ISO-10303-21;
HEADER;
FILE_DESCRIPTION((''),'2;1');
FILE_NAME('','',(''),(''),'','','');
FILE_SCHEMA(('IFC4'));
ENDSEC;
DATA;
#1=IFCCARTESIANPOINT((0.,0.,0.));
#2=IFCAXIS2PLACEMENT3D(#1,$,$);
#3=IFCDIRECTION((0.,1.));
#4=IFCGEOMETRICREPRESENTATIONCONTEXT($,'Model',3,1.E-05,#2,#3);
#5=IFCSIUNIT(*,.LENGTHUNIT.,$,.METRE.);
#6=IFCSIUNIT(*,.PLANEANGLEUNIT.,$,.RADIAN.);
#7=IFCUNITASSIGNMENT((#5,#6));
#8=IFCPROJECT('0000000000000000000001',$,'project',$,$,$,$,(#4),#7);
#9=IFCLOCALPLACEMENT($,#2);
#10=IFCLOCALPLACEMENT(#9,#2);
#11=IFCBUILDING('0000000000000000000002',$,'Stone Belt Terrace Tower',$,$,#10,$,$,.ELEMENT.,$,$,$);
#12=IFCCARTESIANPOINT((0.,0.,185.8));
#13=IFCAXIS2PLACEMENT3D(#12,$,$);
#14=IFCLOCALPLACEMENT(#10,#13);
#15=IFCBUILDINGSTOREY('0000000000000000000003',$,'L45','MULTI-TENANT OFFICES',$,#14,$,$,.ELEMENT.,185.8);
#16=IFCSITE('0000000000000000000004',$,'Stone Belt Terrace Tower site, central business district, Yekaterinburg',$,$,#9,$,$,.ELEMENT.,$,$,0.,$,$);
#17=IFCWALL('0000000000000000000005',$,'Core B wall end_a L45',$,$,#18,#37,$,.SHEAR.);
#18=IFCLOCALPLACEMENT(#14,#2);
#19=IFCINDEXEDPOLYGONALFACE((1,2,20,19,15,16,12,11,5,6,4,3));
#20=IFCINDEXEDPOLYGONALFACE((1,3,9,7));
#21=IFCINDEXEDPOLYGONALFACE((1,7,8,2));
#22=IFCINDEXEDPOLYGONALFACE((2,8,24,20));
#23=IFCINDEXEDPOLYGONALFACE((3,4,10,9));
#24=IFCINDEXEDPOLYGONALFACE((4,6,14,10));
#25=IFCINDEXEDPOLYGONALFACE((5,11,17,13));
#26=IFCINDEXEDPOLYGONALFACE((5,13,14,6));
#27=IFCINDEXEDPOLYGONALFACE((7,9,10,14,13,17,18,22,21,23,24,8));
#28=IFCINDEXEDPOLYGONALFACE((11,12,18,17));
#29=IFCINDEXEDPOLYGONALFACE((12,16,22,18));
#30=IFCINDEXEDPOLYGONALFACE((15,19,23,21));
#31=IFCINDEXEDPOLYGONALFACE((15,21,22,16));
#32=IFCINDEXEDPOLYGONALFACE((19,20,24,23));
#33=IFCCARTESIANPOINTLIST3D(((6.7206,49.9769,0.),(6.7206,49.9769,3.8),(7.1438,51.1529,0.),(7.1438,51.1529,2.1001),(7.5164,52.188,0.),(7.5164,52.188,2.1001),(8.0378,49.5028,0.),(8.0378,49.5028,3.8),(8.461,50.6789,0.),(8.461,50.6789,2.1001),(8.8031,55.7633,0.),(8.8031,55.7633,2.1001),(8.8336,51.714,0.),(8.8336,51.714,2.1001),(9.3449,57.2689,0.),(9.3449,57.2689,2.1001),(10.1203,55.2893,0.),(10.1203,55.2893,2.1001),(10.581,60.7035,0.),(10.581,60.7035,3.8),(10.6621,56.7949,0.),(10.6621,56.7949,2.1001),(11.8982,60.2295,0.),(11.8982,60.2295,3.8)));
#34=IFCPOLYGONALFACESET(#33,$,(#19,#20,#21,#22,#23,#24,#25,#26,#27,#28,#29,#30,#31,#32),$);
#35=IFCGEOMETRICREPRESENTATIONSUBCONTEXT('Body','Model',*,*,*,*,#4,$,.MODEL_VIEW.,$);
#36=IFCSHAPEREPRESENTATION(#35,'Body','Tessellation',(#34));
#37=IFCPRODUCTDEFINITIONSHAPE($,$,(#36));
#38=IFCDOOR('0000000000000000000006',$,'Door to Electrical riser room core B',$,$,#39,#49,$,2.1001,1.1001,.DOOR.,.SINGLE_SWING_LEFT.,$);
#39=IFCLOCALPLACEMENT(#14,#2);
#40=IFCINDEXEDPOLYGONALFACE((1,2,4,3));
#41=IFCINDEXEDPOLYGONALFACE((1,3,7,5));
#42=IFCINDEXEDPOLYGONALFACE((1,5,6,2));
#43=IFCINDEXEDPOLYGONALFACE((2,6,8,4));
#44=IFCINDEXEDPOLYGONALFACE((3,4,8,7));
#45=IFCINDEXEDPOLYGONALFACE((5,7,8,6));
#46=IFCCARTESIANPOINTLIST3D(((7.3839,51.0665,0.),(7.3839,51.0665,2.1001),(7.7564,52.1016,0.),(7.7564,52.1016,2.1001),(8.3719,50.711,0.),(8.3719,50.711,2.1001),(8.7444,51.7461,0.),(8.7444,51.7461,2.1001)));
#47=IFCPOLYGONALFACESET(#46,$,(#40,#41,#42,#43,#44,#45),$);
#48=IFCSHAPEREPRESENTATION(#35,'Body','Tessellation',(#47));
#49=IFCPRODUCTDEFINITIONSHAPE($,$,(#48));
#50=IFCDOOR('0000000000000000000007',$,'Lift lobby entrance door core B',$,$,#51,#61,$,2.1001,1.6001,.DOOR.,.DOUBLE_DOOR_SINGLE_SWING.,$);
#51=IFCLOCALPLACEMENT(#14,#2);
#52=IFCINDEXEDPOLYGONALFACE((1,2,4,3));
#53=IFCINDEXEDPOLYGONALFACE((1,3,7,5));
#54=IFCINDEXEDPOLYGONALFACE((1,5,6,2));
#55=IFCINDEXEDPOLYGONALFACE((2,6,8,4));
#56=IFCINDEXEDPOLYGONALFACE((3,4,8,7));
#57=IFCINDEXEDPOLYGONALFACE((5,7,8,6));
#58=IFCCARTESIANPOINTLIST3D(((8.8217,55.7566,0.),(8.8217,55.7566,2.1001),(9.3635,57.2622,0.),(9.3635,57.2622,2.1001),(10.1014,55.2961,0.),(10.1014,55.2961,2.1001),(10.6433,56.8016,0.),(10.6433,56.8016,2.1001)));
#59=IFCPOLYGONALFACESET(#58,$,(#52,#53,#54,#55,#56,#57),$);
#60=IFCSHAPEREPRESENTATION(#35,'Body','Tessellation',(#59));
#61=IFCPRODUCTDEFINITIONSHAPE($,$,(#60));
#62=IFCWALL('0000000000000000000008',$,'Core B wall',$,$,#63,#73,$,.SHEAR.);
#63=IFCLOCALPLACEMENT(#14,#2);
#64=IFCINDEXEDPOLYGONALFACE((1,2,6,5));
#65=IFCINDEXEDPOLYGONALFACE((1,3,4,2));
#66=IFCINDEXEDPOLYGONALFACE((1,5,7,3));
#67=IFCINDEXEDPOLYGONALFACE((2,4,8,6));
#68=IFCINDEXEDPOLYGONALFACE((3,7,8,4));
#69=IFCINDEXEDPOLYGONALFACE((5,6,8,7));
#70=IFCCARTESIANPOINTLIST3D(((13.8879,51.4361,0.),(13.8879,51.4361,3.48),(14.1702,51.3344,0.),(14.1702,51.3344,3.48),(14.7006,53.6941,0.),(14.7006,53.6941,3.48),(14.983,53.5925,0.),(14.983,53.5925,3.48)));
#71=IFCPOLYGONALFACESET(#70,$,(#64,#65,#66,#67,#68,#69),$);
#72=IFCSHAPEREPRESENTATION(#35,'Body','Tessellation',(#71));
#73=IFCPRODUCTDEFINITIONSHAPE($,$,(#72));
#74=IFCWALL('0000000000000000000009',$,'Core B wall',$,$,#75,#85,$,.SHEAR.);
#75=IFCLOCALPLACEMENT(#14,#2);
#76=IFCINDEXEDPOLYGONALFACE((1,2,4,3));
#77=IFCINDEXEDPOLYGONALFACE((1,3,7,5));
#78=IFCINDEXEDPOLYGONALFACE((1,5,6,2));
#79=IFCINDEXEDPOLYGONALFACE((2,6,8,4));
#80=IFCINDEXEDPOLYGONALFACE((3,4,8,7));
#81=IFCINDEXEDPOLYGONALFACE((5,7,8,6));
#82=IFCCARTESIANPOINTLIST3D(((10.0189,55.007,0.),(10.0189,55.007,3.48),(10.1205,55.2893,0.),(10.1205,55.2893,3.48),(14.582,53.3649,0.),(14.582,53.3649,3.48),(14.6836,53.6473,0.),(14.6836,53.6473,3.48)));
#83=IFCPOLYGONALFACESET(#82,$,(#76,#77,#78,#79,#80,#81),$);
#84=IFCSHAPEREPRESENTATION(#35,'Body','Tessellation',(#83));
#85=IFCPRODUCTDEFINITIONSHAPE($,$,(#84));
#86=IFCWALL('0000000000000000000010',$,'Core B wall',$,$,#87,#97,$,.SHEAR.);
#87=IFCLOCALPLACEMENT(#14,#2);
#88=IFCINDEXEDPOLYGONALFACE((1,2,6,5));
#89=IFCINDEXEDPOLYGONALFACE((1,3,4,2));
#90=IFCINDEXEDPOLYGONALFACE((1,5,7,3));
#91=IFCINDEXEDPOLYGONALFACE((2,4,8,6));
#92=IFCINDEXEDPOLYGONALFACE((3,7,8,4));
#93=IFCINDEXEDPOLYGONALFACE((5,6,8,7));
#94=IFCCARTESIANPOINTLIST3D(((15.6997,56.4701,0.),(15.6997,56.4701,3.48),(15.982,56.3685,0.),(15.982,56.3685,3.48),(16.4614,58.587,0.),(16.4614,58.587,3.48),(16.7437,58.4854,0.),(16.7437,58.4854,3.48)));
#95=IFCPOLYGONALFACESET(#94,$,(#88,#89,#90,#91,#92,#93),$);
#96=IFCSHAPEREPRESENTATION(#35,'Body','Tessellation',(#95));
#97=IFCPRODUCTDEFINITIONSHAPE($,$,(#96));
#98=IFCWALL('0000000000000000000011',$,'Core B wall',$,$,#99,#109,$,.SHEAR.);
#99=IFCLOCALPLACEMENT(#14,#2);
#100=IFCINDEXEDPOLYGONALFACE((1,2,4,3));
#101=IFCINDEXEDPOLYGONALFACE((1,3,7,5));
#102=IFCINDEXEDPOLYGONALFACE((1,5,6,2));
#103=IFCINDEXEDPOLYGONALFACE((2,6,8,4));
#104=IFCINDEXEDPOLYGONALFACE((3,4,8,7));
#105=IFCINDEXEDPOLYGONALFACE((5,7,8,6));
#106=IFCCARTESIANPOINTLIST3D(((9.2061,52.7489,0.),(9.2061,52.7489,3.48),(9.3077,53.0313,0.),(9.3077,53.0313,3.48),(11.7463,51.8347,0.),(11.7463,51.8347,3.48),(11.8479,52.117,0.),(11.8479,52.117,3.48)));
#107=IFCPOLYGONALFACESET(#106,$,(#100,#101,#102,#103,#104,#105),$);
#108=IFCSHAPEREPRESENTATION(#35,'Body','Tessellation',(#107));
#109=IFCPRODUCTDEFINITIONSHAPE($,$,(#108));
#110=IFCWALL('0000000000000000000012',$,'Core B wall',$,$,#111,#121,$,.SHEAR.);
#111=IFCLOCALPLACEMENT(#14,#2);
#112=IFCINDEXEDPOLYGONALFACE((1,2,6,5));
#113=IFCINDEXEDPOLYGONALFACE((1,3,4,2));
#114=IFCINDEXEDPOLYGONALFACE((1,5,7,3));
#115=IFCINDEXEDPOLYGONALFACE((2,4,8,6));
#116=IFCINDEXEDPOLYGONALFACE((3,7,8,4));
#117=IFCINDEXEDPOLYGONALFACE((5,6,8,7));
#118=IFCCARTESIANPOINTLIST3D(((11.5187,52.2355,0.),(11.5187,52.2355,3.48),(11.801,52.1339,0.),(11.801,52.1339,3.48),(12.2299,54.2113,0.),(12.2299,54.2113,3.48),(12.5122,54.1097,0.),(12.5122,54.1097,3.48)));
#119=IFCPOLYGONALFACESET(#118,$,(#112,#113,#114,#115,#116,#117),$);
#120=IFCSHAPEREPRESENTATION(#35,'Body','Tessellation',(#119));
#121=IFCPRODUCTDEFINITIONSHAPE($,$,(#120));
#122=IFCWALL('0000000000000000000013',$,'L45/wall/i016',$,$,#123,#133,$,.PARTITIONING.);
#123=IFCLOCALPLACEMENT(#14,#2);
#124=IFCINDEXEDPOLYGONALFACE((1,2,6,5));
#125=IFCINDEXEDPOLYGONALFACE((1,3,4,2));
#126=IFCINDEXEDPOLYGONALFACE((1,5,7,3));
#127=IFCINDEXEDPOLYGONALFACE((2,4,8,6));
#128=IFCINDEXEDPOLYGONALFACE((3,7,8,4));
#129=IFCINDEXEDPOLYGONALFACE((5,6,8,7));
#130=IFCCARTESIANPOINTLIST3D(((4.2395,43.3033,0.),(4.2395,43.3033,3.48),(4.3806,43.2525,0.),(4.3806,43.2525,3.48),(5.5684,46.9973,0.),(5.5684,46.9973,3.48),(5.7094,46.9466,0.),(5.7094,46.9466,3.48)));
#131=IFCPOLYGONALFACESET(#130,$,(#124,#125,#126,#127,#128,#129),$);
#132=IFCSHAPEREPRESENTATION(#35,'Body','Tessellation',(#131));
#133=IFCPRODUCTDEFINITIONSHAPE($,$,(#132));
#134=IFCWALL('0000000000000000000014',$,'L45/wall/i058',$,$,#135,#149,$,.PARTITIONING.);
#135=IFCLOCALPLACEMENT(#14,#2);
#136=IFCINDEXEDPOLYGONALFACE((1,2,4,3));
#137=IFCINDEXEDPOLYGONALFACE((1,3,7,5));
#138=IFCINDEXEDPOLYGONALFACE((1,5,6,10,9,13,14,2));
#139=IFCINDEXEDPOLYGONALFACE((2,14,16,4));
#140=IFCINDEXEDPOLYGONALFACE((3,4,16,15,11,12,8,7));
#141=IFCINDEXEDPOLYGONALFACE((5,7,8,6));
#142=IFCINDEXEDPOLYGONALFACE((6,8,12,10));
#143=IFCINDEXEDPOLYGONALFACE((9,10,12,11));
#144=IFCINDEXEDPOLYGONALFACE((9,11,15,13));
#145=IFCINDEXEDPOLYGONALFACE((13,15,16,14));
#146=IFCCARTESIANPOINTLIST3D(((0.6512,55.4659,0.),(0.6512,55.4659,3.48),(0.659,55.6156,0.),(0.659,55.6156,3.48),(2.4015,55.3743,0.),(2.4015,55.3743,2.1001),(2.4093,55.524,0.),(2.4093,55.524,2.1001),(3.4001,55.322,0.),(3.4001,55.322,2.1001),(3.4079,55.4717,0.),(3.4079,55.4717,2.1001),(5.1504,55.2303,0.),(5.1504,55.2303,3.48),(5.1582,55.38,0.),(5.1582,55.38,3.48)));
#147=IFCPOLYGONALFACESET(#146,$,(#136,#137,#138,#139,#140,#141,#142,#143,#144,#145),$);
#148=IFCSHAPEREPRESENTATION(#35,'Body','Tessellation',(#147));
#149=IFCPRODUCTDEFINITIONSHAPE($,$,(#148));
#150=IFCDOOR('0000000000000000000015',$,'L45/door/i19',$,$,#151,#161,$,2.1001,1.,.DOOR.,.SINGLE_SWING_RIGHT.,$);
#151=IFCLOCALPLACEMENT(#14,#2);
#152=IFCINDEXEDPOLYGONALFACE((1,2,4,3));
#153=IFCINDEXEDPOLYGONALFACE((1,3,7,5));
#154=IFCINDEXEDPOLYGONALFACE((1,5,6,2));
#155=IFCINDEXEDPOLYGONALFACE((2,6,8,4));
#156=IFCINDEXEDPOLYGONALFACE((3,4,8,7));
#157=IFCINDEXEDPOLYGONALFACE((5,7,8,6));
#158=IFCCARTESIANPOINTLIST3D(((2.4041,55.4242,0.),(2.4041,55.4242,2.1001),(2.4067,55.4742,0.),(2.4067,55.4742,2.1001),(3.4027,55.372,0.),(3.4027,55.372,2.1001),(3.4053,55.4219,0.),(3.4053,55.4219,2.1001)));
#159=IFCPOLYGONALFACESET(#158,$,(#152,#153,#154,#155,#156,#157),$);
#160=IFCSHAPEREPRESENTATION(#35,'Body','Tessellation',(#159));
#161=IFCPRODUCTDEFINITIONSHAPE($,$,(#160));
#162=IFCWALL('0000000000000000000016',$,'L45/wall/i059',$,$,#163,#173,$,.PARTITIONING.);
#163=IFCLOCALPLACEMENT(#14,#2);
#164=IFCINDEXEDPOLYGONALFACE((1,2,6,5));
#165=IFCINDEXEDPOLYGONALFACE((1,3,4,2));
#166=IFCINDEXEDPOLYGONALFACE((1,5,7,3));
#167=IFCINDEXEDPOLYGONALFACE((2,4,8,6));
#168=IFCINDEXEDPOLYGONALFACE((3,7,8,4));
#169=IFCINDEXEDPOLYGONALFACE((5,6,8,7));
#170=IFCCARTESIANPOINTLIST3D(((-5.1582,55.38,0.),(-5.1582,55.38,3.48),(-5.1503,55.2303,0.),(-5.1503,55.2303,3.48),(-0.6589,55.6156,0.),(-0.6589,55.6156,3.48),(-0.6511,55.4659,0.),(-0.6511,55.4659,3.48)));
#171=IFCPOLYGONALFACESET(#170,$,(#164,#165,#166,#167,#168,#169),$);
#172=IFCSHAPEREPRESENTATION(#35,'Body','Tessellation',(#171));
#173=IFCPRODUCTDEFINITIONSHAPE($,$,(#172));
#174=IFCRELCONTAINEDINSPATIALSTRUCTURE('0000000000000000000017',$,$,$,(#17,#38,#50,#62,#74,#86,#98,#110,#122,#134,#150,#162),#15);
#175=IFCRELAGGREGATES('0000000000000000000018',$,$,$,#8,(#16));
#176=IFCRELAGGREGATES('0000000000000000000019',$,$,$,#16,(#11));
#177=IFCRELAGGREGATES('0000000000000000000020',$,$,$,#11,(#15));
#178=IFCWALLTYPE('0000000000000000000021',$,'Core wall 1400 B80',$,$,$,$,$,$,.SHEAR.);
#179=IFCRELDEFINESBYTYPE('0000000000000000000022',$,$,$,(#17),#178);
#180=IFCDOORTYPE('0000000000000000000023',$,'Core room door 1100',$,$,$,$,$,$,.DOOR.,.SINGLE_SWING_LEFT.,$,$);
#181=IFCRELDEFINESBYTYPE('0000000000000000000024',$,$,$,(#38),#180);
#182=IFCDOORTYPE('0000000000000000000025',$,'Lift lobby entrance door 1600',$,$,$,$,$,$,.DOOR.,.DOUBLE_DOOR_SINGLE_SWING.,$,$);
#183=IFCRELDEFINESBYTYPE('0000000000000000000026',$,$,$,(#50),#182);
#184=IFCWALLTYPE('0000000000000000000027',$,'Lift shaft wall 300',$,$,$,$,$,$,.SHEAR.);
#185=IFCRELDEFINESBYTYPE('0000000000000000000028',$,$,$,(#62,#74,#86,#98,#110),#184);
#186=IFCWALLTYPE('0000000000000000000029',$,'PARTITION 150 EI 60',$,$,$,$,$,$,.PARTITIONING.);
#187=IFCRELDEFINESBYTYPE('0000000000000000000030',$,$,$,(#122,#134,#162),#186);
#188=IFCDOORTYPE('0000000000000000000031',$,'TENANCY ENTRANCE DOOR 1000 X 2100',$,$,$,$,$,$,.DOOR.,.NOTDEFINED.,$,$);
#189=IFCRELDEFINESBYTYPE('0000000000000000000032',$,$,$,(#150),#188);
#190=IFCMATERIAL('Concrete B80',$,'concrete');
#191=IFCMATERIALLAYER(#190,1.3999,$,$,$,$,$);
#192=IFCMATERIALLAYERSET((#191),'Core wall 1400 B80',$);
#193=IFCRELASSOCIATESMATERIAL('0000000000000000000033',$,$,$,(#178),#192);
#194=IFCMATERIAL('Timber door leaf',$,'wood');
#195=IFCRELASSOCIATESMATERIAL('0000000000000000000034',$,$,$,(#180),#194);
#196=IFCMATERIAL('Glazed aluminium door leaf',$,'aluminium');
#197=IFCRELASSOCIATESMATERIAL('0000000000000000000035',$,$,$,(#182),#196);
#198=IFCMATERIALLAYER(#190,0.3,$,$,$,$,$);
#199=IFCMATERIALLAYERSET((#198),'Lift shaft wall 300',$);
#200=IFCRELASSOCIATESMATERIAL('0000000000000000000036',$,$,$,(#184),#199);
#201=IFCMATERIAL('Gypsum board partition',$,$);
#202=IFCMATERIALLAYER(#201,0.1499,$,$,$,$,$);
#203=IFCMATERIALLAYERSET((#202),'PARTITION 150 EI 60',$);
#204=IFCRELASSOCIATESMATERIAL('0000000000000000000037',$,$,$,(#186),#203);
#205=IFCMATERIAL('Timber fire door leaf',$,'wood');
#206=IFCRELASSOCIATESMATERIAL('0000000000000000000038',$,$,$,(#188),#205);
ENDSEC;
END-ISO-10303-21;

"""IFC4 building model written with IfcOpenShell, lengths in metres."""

from ifc_helpers import new_model, si_unit, direction, frame, frame_2d, origin, place, context, subcontext, project, spatial, rectangle, extrude, material, layer, layer_set, type_object, element, fill, save


model = new_model("IFC4")

# Units and contexts
model_context = context("Model", 3, precision=1e-05, world=origin(), true_north=direction((0.0, 1.0)))
body_context = subcontext(model_context, "Body", "Model", "MODEL_VIEW")
ifc_project = project(units=[si_unit("LENGTHUNIT", "METRE"), si_unit("PLANEANGLEUNIT", "RADIAN")], contexts=[model_context])

# Site, building, storey
site_placement = place(None, origin())
site = spatial("IfcSite", under=ifc_project, at=site_placement, Name="Stone Belt Terrace Tower site, central business district, Yekaterinburg", CompositionType="ELEMENT", RefElevation=0.0)
building_placement = place(site_placement, origin())
building = spatial("IfcBuilding", under=site, at=building_placement, Name="Stone Belt Terrace Tower", CompositionType="ELEMENT")
storey_placement = place(building_placement, frame((0.0, 0.0, 185.8)))
storey = spatial("IfcBuildingStorey", under=building, at=storey_placement, Name="L45", Description="MULTI-TENANT OFFICES", CompositionType="ELEMENT", Elevation=185.8)

# Shared definitions
ifc_material_1 = material(Name="Concrete B80", Category="concrete")

# Shared definitions
ifc_material_2 = material(Name="Timber door leaf", Category="wood")

# Wall, openings, doors
ifc_layer_1 = layer(ifc_material_1, 1.3999)
ifc_layer_set_1 = layer_set([ifc_layer_1], Name="Core wall 1400 B80")
wall_type_1 = type_object("IfcWallType", Name="Core wall 1400 B80", PredefinedType="SHEAR", material=ifc_layer_set_1)
wall_1_placement = place(storey_placement, frame((7.3792, 49.7397, 0.0), z_axis=(0.0, 0.0, 1.0), x_axis=(0.338625, 0.940921, 0.0)))
wall_1 = element("IfcWall", 1, at=wall_1_placement, inside=storey, type_object=wall_type_1, Name="Core B wall end_a L45", PredefinedType="SHEAR", context=body_context, shape_type="SweptSolid", body=[
    extrude(rectangle(XDim=11.4001, YDim=1.3999, at=frame_2d((5.7002, 0.0))), origin(), (0.0, 0.0, 1.0), 3.8),
])
opening_1_placement = place(wall_1_placement, frame((6.1499, 0.0, 0.0)))
opening_1 = element("IfcOpeningElement", 2, at=opening_1_placement, cuts=wall_1, PredefinedType="OPENING", context=body_context, shape_type="SweptSolid", body=[
    extrude(rectangle(XDim=1.6001, YDim=2.1001, at=frame_2d((0.8, 1.05))), frame((0.0, 0.71, 0.0), z_axis=(0.0, -1.0, 0.0), x_axis=(1.0, 0.0, 0.0)), (0.0, 0.0, 1.0), 1.4199),
])
opening_2_placement = place(wall_1_placement, frame((1.25, 0.0, 0.0)))
opening_2 = element("IfcOpeningElement", 3, at=opening_2_placement, cuts=wall_1, PredefinedType="OPENING", context=body_context, shape_type="SweptSolid", body=[
    extrude(rectangle(XDim=1.1001, YDim=2.1001, at=frame_2d((0.55, 1.05))), frame((0.0, 0.71, 0.0), z_axis=(0.0, -1.0, 0.0), x_axis=(1.0, 0.0, 0.0)), (0.0, 0.0, 1.0), 1.4199),
])
door_type_1 = type_object("IfcDoorType", Name="Core room door 1100", OperationType="SINGLE_SWING_LEFT", PredefinedType="DOOR", material=ifc_material_2)
door_1_placement = place(opening_2_placement, origin())
door_1 = element("IfcDoor", 4, at=door_1_placement, inside=storey, type_object=door_type_1, Name="Door to Electrical riser room core B", OperationType="SINGLE_SWING_LEFT", OverallHeight=2.1001, OverallWidth=1.1001, PredefinedType="DOOR", context=body_context, shape_type="SweptSolid", body=[
    extrude(rectangle(XDim=1.1001, YDim=2.1001, at=frame_2d((0.55, 1.05))), frame((0.0, 0.4448, 0.0), z_axis=(0.0, -1.0, 0.0), x_axis=(1.0, 0.0, 0.0)), (0.0, 0.0, 1.0), 1.05),
])
fill(opening_2, door_1)
ifc_material_3 = material(Name="Glazed aluminium door leaf", Category="aluminium")
door_type_2 = type_object("IfcDoorType", Name="Lift lobby entrance door 1600", OperationType="DOUBLE_DOOR_SINGLE_SWING", PredefinedType="DOOR", material=ifc_material_3)
door_2_placement = place(opening_1_placement, origin())
door_2 = element("IfcDoor", 5, at=door_2_placement, inside=storey, type_object=door_type_2, Name="Lift lobby entrance door core B", OperationType="DOUBLE_DOOR_SINGLE_SWING", OverallHeight=2.1001, OverallWidth=1.6001, PredefinedType="DOOR", context=body_context, shape_type="SweptSolid", body=[
    extrude(rectangle(XDim=1.6001, YDim=2.1001, at=frame_2d((0.8, 1.05))), frame((0.0, 0.6802, 0.0), z_axis=(0.0, -1.0, 0.0), x_axis=(1.0, 0.0, 0.0)), (0.0, 0.0, 1.0), 1.3601),
])
fill(opening_1, door_2)

# Walls
ifc_layer_2 = layer(ifc_material_1, 0.3)
ifc_layer_set_2 = layer_set([ifc_layer_2], Name="Lift shaft wall 300")
wall_type_2 = type_object("IfcWallType", Name="Lift shaft wall 300", PredefinedType="SHEAR", material=ifc_layer_set_2)
wall_2_placement = place(storey_placement, frame((14.0291, 51.3853, 0.0), z_axis=(0.0, 0.0, 1.0), x_axis=(0.338662, 0.940908, 0.0)))
element("IfcWall", 6, at=wall_2_placement, inside=storey, type_object=wall_type_2, Name="Core B wall", PredefinedType="SHEAR", context=body_context, shape_type="SweptSolid", body=[
    extrude(rectangle(XDim=2.3999, YDim=0.3, at=frame_2d((1.2, 0.0))), origin(), (0.0, 0.0, 1.0), 3.48),
])
wall_3_placement = place(storey_placement, frame((14.6328, 53.5061, 0.0), z_axis=(0.0, 0.0, 1.0), x_axis=(-0.940932, 0.338596, 0.0)))
element("IfcWall", 7, at=wall_3_placement, inside=storey, type_object=wall_type_2, Name="Core B wall", PredefinedType="SHEAR", context=body_context, shape_type="SweptSolid", body=[
    extrude(rectangle(XDim=4.8496, YDim=0.3, at=frame_2d((2.4248, 0.0))), origin(), (0.0, 0.0, 1.0), 3.48),
])
wall_4_placement = place(storey_placement, frame((15.8408, 56.4192, 0.0), z_axis=(0.0, 0.0, 1.0), x_axis=(0.33857, 0.940941, 0.0)))
element("IfcWall", 8, at=wall_4_placement, inside=storey, type_object=wall_type_2, Name="Core B wall", PredefinedType="SHEAR", context=body_context, shape_type="SweptSolid", body=[
    extrude(rectangle(XDim=2.2498, YDim=0.3, at=frame_2d((1.125, 0.0))), origin(), (0.0, 0.0, 1.0), 3.48),
])
wall_5_placement = place(storey_placement, frame((11.7971, 51.9758, 0.0), z_axis=(0.0, 0.0, 1.0), x_axis=(-0.94091, 0.338655, 0.0)))
element("IfcWall", 9, at=wall_5_placement, inside=storey, type_object=wall_type_2, Name="Core B wall", PredefinedType="SHEAR", context=body_context, shape_type="SweptSolid", body=[
    extrude(rectangle(XDim=2.6997, YDim=0.3, at=frame_2d((1.3499, 0.0))), origin(), (0.0, 0.0, 1.0), 3.48),
])
wall_6_placement = place(storey_placement, frame((11.6599, 52.1848, 0.0), z_axis=(0.0, 0.0, 1.0), x_axis=(0.33867, 0.940905, 0.0)))
element("IfcWall", 10, at=wall_6_placement, inside=storey, type_object=wall_type_2, Name="Core B wall", PredefinedType="SHEAR", context=body_context, shape_type="SweptSolid", body=[
    extrude(rectangle(XDim=2.0999, YDim=0.3, at=frame_2d((1.0498, 0.0))), origin(), (0.0, 0.0, 1.0), 3.48),
])
ifc_material_4 = material(Name="Gypsum board partition")
ifc_layer_3 = layer(ifc_material_4, 0.1499)
ifc_layer_set_3 = layer_set([ifc_layer_3], Name="PARTITION 150 EI 60")
wall_type_3 = type_object("IfcWallType", Name="PARTITION 150 EI 60", PredefinedType="PARTITIONING", material=ifc_layer_set_3)
wall_7_placement = place(storey_placement, frame((5.6389, 46.9719, 0.0), z_axis=(0.0, 0.0, 1.0), x_axis=(-0.33849, -0.94097, 0.0)))
element("IfcWall", 11, at=wall_7_placement, inside=storey, type_object=wall_type_3, Name="L45/wall/i016", PredefinedType="PARTITIONING", context=body_context, shape_type="SweptSolid", body=[
    extrude(rectangle(XDim=3.9258, YDim=0.1499, at=frame_2d((1.9629, 0.0))), origin(), (0.0, 0.0, 1.0), 3.48),
])

# Wall, opening, door
wall_8_placement = place(storey_placement, frame((5.1543, 55.3052, 0.0), z_axis=(0.0, 0.0, 1.0), x_axis=(-0.998632, 0.052291, 0.0)))
wall_8 = element("IfcWall", 12, at=wall_8_placement, inside=storey, type_object=wall_type_3, Name="L45/wall/i058", PredefinedType="PARTITIONING", context=body_context, shape_type="SweptSolid", body=[
    extrude(rectangle(XDim=4.5054, YDim=0.1499, at=frame_2d((2.2527, 0.0))), origin(), (0.0, 0.0, 1.0), 3.48),
])
opening_3_placement = place(wall_8_placement, frame((1.7527, 0.0, 0.0)))
opening_3 = element("IfcOpeningElement", 13, at=opening_3_placement, cuts=wall_8, PredefinedType="OPENING", context=body_context, shape_type="SweptSolid", body=[
    extrude(rectangle(XDim=1.0, YDim=2.1001, at=frame_2d((0.5, 1.05))), frame((0.0, 0.085, 0.0), z_axis=(0.0, -1.0, 0.0), x_axis=(1.0, 0.0, 0.0)), (0.0, 0.0, 1.0), 0.1699),
])
ifc_material_5 = material(Name="Timber fire door leaf", Category="wood")
door_type_3 = type_object("IfcDoorType", Name="TENANCY ENTRANCE DOOR 1000 X 2100", OperationType="NOTDEFINED", PredefinedType="DOOR", material=ifc_material_5)
door_3_placement = place(opening_3_placement, origin())
door_3 = element("IfcDoor", 14, at=door_3_placement, inside=storey, type_object=door_type_3, Name="L45/door/i19", OperationType="SINGLE_SWING_RIGHT", OverallHeight=2.1001, OverallWidth=1.0, PredefinedType="DOOR", context=body_context, shape_type="SweptSolid", body=[
    extrude(rectangle(XDim=1.0, YDim=2.1001, at=frame_2d((0.5, 1.05))), frame((0.0, 0.0249, 0.0), z_axis=(0.0, -1.0, 0.0), x_axis=(1.0, 0.0, 0.0)), (0.0, 0.0, 1.0), 0.05),
])
fill(opening_3, door_3)

# Wall
wall_9_placement = place(storey_placement, frame((-0.655, 55.5408, 0.0), z_axis=(0.0, 0.0, 1.0), x_axis=(-0.998632, -0.052291, 0.0)))
element("IfcWall", 15, at=wall_9_placement, inside=storey, type_object=wall_type_3, Name="L45/wall/i059", PredefinedType="PARTITIONING", context=body_context, shape_type="SweptSolid", body=[
    extrude(rectangle(XDim=4.5054, YDim=0.1499, at=frame_2d((2.2527, 0.0))), origin(), (0.0, 0.0, 1.0), 3.48),
])

save(model, "model.ifc")
